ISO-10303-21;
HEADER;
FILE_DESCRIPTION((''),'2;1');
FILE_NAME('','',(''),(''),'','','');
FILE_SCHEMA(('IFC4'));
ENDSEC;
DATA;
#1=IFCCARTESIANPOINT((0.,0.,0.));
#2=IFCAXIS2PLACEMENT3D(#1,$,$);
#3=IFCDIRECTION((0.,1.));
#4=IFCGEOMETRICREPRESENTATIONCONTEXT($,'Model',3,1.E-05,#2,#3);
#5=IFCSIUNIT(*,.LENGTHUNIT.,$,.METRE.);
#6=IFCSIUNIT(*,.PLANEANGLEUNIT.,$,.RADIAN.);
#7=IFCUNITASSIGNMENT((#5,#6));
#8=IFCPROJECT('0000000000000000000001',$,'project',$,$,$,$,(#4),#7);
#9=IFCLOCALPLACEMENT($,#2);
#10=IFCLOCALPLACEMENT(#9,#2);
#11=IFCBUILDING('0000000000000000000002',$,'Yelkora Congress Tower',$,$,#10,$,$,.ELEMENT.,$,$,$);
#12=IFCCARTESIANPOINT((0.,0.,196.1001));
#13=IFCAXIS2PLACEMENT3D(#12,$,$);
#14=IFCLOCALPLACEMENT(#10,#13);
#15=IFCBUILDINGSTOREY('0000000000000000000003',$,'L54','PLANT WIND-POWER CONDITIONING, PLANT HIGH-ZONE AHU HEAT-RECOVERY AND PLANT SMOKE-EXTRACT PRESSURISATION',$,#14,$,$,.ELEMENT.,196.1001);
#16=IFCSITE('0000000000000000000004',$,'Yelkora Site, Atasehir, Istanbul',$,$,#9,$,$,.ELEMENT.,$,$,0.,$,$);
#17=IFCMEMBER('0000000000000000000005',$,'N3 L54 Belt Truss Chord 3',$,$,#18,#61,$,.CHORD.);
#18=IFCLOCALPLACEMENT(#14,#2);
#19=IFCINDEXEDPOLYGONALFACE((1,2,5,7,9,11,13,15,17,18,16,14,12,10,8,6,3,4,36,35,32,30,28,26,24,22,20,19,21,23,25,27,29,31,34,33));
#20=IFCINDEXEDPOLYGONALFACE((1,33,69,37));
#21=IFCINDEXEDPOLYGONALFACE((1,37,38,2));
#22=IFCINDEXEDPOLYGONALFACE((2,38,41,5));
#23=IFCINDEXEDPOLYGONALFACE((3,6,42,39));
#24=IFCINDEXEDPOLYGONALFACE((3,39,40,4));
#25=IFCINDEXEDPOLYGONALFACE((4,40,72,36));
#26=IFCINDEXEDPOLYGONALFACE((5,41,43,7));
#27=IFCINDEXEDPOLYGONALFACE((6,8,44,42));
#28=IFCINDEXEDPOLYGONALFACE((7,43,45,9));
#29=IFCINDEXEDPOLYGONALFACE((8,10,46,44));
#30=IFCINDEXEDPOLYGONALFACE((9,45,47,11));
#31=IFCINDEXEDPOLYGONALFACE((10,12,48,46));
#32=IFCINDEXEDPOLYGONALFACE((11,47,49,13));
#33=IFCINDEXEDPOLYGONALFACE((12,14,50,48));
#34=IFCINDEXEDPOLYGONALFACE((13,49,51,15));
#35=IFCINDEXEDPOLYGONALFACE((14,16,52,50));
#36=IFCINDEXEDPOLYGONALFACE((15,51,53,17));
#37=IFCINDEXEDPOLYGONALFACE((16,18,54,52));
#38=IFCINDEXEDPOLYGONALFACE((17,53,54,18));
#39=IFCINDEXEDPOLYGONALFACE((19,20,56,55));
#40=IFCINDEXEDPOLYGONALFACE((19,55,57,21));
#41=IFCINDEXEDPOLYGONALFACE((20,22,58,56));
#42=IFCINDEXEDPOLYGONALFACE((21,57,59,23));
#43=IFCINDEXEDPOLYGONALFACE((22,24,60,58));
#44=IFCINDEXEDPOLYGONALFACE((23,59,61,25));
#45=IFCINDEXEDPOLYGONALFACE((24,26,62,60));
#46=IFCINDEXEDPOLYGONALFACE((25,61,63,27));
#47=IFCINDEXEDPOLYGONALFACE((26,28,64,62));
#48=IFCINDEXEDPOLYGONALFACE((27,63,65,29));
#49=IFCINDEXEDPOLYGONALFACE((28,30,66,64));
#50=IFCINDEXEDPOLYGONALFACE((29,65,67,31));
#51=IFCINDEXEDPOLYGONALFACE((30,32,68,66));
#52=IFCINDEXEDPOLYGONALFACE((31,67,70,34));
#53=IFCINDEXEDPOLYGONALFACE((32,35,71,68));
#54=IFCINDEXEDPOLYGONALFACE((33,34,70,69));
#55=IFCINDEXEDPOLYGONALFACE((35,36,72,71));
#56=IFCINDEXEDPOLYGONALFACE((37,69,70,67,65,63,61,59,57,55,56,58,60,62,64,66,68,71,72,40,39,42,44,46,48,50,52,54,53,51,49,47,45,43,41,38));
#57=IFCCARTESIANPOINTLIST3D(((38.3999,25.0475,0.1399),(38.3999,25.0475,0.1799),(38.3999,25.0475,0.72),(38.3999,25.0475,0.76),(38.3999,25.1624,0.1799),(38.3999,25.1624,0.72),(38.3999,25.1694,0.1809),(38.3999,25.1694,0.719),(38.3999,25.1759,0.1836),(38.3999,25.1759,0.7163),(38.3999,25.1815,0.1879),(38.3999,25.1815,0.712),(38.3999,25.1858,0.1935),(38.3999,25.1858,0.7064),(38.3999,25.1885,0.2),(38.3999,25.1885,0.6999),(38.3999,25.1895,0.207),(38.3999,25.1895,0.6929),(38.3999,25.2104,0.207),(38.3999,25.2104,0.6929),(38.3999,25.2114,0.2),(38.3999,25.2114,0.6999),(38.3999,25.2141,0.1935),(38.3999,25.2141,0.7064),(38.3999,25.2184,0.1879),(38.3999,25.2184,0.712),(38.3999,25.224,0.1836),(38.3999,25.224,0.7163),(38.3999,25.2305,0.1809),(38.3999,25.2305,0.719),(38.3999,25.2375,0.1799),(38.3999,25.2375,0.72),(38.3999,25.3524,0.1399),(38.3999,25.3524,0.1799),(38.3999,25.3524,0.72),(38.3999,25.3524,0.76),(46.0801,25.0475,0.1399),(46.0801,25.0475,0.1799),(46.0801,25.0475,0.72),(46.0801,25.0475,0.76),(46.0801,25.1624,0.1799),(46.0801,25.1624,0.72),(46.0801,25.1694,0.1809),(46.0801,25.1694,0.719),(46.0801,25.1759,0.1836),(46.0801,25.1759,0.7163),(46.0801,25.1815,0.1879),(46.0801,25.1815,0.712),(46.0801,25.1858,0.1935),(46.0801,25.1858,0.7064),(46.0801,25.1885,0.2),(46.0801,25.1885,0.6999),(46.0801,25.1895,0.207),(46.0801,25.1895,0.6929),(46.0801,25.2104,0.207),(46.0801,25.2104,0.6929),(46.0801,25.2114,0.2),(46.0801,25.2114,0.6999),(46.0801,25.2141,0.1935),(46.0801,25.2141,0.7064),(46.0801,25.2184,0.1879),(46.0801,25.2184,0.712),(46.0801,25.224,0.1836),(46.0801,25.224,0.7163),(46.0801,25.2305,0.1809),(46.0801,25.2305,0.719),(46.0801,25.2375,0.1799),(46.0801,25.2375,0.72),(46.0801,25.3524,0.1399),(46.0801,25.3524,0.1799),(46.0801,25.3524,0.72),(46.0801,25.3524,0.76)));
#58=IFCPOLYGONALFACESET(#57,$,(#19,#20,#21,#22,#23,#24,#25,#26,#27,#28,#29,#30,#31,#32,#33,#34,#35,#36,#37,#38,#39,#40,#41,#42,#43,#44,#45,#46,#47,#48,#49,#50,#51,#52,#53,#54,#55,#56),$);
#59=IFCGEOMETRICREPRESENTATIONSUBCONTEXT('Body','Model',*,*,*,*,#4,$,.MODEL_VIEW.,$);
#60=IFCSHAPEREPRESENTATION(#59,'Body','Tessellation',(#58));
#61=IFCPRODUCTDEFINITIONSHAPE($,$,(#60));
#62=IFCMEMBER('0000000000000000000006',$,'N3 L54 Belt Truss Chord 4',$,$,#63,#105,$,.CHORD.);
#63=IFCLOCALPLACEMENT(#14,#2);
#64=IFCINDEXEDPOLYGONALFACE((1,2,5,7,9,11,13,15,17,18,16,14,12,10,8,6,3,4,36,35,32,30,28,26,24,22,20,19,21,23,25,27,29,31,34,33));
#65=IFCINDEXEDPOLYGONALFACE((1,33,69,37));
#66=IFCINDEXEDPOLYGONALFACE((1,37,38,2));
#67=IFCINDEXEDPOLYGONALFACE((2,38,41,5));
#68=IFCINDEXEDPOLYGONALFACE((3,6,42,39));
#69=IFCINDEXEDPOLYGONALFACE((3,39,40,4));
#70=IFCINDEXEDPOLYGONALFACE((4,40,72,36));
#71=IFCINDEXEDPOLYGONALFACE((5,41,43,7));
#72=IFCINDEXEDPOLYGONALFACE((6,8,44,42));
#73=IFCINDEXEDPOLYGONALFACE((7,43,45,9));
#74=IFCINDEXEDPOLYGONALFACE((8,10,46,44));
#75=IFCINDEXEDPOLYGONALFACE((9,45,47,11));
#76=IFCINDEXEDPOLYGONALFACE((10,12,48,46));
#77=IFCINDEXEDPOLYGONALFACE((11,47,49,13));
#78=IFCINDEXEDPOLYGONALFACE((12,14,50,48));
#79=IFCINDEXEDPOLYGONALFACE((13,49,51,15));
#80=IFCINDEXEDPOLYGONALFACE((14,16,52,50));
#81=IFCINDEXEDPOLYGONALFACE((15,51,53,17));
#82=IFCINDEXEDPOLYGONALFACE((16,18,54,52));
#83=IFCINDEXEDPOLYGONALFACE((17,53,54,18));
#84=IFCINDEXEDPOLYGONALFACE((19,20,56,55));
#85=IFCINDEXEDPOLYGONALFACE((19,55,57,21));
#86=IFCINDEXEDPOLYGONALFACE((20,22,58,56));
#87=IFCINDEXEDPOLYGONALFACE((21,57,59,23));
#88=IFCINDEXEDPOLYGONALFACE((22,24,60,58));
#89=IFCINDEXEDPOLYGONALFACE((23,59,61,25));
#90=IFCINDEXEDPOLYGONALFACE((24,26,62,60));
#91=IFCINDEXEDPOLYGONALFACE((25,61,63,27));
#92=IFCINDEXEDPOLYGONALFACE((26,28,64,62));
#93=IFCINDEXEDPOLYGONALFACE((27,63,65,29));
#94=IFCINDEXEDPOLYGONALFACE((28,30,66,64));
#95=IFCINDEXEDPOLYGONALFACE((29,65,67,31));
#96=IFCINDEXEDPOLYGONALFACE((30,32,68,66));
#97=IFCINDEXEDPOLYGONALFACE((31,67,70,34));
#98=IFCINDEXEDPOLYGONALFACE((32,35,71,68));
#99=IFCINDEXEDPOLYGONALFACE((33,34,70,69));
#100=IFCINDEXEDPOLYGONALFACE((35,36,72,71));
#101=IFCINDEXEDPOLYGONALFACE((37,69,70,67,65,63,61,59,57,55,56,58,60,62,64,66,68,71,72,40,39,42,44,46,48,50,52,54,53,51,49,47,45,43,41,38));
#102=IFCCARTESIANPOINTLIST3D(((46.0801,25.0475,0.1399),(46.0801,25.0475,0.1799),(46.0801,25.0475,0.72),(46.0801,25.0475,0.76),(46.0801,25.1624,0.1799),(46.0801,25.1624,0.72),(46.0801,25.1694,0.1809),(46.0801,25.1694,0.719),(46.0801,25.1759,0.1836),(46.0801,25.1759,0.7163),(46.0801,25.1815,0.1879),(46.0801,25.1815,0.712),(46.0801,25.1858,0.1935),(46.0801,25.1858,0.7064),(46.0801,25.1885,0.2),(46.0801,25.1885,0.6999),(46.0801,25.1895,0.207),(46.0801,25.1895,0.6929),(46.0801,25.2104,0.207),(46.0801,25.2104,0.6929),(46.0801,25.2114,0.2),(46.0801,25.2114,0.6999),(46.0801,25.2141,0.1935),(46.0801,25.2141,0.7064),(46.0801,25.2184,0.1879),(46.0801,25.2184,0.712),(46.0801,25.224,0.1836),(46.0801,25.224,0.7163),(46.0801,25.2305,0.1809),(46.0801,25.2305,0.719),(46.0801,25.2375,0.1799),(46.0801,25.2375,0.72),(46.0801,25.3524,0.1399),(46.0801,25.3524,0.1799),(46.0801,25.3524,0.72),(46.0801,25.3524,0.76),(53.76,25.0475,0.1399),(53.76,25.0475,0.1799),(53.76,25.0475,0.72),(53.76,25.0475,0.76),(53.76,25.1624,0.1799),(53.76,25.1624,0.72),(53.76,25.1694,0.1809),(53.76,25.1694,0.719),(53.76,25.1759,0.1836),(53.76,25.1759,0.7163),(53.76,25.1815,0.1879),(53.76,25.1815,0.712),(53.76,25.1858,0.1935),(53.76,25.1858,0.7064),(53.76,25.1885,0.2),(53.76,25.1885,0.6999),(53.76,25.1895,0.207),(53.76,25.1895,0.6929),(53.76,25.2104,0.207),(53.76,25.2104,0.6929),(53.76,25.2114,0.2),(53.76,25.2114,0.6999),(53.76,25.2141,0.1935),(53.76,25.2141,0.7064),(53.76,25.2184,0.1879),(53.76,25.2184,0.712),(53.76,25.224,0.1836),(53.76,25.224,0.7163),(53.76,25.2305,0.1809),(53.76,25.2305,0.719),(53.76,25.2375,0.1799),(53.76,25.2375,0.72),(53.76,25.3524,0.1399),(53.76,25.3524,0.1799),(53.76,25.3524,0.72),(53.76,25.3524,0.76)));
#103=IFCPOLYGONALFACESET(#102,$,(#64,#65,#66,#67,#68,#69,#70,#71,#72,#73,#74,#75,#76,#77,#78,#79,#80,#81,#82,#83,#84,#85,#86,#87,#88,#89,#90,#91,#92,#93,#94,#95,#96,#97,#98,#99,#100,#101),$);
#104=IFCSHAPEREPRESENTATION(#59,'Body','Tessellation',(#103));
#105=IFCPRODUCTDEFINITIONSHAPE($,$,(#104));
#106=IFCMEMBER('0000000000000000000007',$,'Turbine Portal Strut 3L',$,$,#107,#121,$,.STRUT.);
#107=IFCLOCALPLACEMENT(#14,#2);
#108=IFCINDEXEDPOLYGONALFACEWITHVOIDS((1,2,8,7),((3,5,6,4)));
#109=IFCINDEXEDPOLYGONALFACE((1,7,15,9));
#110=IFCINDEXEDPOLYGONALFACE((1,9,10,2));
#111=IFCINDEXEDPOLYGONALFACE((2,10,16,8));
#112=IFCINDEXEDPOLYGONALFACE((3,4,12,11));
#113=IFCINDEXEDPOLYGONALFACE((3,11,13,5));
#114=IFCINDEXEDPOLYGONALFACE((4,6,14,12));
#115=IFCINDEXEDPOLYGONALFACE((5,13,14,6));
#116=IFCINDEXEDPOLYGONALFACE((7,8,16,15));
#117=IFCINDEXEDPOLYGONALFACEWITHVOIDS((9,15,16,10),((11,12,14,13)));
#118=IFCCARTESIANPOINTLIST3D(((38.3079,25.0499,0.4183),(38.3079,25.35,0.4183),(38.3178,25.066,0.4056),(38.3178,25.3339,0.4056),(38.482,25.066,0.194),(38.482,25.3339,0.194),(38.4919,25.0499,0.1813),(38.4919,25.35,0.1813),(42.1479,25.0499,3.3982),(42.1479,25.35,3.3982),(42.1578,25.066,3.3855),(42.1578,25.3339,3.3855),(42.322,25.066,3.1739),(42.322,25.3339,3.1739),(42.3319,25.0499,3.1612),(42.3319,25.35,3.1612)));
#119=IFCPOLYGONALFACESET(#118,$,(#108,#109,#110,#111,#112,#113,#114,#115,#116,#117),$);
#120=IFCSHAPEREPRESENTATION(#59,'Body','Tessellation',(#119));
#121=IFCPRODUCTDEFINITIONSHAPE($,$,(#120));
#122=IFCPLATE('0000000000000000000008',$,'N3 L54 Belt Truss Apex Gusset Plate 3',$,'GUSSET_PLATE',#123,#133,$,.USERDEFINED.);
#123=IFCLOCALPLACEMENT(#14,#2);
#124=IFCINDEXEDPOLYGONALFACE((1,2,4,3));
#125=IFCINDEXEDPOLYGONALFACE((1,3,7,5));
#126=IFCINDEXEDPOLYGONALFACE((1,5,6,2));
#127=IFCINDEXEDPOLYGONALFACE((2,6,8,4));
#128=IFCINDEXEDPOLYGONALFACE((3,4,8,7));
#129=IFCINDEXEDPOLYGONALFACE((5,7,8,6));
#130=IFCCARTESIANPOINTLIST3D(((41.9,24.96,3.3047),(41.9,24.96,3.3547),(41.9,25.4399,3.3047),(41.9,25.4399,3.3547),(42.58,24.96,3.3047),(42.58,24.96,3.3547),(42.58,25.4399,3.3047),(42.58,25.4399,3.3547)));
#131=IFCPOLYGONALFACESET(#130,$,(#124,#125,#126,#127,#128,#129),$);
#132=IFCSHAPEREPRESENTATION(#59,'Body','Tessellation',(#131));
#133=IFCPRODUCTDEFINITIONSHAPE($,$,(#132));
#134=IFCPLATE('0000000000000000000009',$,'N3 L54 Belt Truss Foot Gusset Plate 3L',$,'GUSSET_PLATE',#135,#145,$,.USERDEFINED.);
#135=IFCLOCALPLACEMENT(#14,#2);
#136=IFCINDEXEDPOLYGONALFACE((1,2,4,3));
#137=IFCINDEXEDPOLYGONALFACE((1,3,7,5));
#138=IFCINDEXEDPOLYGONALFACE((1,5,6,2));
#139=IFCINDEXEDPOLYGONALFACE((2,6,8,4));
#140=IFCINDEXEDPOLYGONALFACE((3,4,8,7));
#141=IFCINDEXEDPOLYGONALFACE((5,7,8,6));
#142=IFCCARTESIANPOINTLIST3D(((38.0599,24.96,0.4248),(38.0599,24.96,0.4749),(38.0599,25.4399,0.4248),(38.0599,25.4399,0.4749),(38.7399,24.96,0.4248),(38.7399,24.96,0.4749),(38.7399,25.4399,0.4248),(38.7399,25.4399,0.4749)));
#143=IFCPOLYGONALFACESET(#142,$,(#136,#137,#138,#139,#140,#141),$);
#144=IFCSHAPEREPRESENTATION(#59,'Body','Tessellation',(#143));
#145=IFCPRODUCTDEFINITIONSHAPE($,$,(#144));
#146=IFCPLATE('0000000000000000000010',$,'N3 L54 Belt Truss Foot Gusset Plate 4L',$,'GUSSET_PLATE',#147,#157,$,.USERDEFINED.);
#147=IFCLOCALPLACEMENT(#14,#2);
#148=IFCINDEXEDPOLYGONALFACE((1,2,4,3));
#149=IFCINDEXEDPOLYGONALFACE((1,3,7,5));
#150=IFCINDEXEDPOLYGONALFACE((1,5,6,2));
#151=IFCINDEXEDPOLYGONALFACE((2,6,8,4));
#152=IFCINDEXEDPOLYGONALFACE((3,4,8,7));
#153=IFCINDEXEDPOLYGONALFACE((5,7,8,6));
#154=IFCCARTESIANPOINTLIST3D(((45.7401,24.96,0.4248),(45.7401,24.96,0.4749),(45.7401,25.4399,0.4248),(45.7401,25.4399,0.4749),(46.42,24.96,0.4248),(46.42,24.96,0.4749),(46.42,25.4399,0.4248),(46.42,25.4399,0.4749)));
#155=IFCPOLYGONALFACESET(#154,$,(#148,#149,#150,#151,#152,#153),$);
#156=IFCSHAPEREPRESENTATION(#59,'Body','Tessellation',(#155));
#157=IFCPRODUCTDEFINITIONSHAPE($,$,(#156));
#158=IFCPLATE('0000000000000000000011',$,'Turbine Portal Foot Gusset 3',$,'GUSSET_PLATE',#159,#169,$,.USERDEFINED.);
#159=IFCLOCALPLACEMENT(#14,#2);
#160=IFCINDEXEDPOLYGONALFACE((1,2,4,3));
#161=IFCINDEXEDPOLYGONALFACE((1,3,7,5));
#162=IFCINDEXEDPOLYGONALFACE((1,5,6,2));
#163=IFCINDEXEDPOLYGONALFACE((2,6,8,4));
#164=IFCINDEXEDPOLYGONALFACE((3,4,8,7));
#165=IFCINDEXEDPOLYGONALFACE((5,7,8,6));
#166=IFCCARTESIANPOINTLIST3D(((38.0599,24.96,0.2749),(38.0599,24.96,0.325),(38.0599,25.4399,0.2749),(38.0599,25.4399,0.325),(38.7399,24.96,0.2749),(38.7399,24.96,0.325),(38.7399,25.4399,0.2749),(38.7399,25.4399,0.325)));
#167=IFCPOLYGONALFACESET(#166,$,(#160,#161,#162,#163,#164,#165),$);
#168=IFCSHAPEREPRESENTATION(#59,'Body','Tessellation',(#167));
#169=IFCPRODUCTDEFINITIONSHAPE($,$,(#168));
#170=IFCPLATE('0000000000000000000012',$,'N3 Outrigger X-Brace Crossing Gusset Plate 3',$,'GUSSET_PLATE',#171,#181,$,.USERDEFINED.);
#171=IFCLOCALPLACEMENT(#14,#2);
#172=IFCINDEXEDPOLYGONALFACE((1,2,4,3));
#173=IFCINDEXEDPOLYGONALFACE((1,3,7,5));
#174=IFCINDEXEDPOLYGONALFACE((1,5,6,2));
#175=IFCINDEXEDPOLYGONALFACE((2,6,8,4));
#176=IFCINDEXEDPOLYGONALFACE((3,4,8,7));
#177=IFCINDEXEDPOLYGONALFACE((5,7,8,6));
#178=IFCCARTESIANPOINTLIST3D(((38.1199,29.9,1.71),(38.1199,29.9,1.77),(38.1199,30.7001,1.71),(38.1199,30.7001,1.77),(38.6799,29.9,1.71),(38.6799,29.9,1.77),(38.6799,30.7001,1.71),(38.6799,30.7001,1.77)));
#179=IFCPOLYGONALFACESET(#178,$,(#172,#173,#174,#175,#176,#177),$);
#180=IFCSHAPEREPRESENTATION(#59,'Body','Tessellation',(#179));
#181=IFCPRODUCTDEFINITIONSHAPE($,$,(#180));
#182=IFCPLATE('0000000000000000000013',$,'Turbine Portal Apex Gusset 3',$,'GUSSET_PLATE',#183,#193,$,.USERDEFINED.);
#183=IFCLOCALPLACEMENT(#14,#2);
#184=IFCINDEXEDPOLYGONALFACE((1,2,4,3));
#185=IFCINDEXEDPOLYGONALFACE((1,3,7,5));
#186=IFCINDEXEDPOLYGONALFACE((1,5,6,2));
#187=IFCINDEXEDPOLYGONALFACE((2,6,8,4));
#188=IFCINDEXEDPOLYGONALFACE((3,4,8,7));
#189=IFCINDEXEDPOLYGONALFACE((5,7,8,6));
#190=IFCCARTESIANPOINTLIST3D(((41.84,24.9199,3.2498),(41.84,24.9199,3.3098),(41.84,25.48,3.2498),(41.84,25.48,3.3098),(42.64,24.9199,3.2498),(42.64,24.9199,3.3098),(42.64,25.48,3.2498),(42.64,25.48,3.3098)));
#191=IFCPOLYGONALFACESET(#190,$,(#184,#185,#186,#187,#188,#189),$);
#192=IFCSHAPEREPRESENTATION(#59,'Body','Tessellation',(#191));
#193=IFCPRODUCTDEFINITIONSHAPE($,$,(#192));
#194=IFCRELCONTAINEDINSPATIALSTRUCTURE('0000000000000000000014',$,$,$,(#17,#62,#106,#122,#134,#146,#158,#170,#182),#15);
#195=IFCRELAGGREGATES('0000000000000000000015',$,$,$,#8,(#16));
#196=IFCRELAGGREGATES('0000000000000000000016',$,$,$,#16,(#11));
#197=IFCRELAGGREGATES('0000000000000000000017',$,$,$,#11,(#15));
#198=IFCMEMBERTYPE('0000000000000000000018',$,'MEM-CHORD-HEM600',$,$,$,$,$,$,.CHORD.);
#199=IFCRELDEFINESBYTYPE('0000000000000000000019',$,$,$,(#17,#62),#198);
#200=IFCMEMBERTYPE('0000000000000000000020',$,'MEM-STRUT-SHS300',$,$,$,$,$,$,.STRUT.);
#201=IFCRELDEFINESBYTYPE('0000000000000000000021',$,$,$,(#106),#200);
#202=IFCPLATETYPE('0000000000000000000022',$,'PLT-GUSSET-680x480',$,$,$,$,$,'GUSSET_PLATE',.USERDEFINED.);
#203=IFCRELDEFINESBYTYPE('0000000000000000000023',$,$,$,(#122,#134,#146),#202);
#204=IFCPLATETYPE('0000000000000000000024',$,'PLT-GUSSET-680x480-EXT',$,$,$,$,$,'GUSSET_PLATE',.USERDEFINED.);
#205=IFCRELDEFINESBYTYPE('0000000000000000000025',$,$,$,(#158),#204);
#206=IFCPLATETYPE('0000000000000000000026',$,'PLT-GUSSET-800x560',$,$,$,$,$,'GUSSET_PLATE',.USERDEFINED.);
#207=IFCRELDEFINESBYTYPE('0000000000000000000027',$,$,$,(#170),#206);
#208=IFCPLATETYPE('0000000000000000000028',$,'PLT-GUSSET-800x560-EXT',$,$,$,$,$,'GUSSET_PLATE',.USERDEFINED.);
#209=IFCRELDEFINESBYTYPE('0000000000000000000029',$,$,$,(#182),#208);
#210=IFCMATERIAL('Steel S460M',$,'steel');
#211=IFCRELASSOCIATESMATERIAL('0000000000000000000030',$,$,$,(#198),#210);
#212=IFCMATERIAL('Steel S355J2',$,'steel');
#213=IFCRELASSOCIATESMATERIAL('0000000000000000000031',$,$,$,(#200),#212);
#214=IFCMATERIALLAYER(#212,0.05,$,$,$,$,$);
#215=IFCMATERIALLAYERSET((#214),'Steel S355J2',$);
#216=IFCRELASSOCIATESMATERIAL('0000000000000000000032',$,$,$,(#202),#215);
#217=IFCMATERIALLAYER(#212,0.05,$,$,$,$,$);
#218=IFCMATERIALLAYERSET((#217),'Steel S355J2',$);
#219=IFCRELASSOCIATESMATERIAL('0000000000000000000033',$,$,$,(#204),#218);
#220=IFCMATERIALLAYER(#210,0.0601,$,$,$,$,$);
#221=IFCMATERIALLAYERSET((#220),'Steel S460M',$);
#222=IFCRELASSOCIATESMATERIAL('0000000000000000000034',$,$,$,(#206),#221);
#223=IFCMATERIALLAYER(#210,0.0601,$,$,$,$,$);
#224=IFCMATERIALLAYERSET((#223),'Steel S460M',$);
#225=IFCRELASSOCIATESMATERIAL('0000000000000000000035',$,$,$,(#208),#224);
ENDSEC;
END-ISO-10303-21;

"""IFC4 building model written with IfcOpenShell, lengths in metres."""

from ifc_helpers import new_model, si_unit, direction, frame, origin, origin_2d, place, context, subcontext, project, spatial, rectangle, hollow_rectangle, i_section, extrude, material, layer, layer_set, material_profile, profile_set, type_object, element, save


model = new_model("IFC4")

# Units and contexts
model_context = context("Model", 3, precision=1e-05, world=origin(), true_north=direction((0.0, 1.0)))
body_context = subcontext(model_context, "Body", "Model", "MODEL_VIEW")
ifc_project = project(units=[si_unit("LENGTHUNIT", "METRE"), si_unit("PLANEANGLEUNIT", "RADIAN")], contexts=[model_context])

# Site, building, storey
site_placement = place(None, origin())
site = spatial("IfcSite", under=ifc_project, at=site_placement, Name="Yelkora Site, Atasehir, Istanbul", CompositionType="ELEMENT", RefElevation=0.0)
building_placement = place(site_placement, origin())
building = spatial("IfcBuilding", under=site, at=building_placement, Name="Yelkora Congress Tower", CompositionType="ELEMENT")
storey_placement = place(building_placement, frame((0.0, 0.0, 196.1001)))
storey = spatial("IfcBuildingStorey", under=building, at=storey_placement, Name="L54", Description="PLANT WIND-POWER CONDITIONING, PLANT HIGH-ZONE AHU HEAT-RECOVERY AND PLANT SMOKE-EXTRACT PRESSURISATION", CompositionType="ELEMENT", Elevation=196.1001)

# Shared definitions
ifc_material_1 = material(Name="Steel S460M", Category="steel")

# Members
ifc_material_2 = material(Name="Steel S355J2", Category="steel")
ifc_material_profile_1 = material_profile(ifc_material_1, i_section(OverallWidth=0.3049, OverallDepth=0.6201, WebThickness=0.021, FlangeThickness=0.04, FilletRadius=0.0271, at=origin_2d()), Name="HEM 600")
ifc_profile_set_1 = profile_set([ifc_material_profile_1], Name="Steel S460M")
member_type_1 = type_object("IfcMemberType", Name="MEM-CHORD-HEM600", PredefinedType="CHORD", material=ifc_profile_set_1)
member_1_placement = place(storey_placement, frame((38.3999, 25.2, 0.45), z_axis=(1.0, 0.0, 0.0), x_axis=(0.0, 1.0, 0.0)))
element("IfcMember", 1, at=member_1_placement, inside=storey, type_object=member_type_1, Name="N3 L54 Belt Truss Chord 3", PredefinedType="CHORD", context=body_context, shape_type="SweptSolid", body=[
    extrude(i_section(OverallWidth=0.3049, OverallDepth=0.6201, WebThickness=0.021, FlangeThickness=0.04, FilletRadius=0.0271, at=origin_2d()), origin(), (0.0, 0.0, 1.0), 7.6802),
])
member_2_placement = place(storey_placement, frame((46.0801, 25.2, 0.45), z_axis=(1.0, 0.0, 0.0), x_axis=(0.0, 1.0, 0.0)))
element("IfcMember", 2, at=member_2_placement, inside=storey, type_object=member_type_1, Name="N3 L54 Belt Truss Chord 4", PredefinedType="CHORD", context=body_context, shape_type="SweptSolid", body=[
    extrude(i_section(OverallWidth=0.3049, OverallDepth=0.6201, WebThickness=0.021, FlangeThickness=0.04, FilletRadius=0.0271, at=origin_2d()), origin(), (0.0, 0.0, 1.0), 7.6799),
])
ifc_material_profile_2 = material_profile(ifc_material_2, hollow_rectangle(XDim=0.3, YDim=0.3, WallThickness=0.0161, at=origin_2d()), Name="SHS 300x300x16")
ifc_profile_set_2 = profile_set([ifc_material_profile_2], Name="Steel S355J2")
member_type_2 = type_object("IfcMemberType", Name="MEM-STRUT-SHS300", PredefinedType="STRUT", material=ifc_profile_set_2)
member_3_placement = place(storey_placement, frame((38.3999, 25.2, 0.2998), z_axis=(0.790025, 0.0, 0.613074), x_axis=(0.0, 1.0, 0.0)))
element("IfcMember", 3, at=member_3_placement, inside=storey, type_object=member_type_2, Name="Turbine Portal Strut 3L", PredefinedType="STRUT", context=body_context, shape_type="SweptSolid", body=[
    extrude(hollow_rectangle(XDim=0.3, YDim=0.3, WallThickness=0.0161, at=origin_2d()), origin(), (0.0, 0.0, 1.0), 4.8606),
])

# Plates
ifc_layer_1 = layer(ifc_material_2, 0.05)
ifc_layer_set_1 = layer_set([ifc_layer_1], Name="Steel S355J2")
plate_type_1 = type_object("IfcPlateType", Name="PLT-GUSSET-680x480", ElementType="GUSSET_PLATE", PredefinedType="USERDEFINED", material=ifc_layer_set_1)
for number, where, z_axis, x_axis, name in (
    (4, (42.24, 25.2, 3.3047), (0.0, 0.0, 1.0), (1.0, 0.0, 0.0), "N3 L54 Belt Truss Apex Gusset Plate 3"),
    (5, (38.3999, 25.2, 0.4248), (0.0, 0.0, 1.0), (1.0, 0.0, 0.0), "N3 L54 Belt Truss Foot Gusset Plate 3L"),
    (6, (46.0801, 25.2, 0.4248), (0.0, 0.0, 1.0), (1.0, 0.0, 0.0), "N3 L54 Belt Truss Foot Gusset Plate 4L"),
):
    element("IfcPlate", number, at=place(storey_placement, frame(where, z_axis=z_axis, x_axis=x_axis)), inside=storey, type_object=plate_type_1, Name=name, ObjectType="GUSSET_PLATE", PredefinedType="USERDEFINED", context=body_context, shape_type="SweptSolid", body=[
        extrude(rectangle(XDim=0.6799, YDim=0.48, at=origin_2d()), origin(), (0.0, 0.0, 1.0), 0.05),
    ])
ifc_layer_2 = layer(ifc_material_2, 0.05)
ifc_layer_set_2 = layer_set([ifc_layer_2], Name="Steel S355J2")
plate_type_2 = type_object("IfcPlateType", Name="PLT-GUSSET-680x480-EXT", ElementType="GUSSET_PLATE", PredefinedType="USERDEFINED", material=ifc_layer_set_2)
plate_1_placement = place(storey_placement, frame((38.3999, 25.2, 0.2749), z_axis=(0.0, 0.0, 1.0), x_axis=(1.0, 0.0, 0.0)))
element("IfcPlate", 7, at=plate_1_placement, inside=storey, type_object=plate_type_2, Name="Turbine Portal Foot Gusset 3", ObjectType="GUSSET_PLATE", PredefinedType="USERDEFINED", context=body_context, shape_type="SweptSolid", body=[
    extrude(rectangle(XDim=0.6799, YDim=0.48, at=origin_2d()), origin(), (0.0, 0.0, 1.0), 0.05),
])
ifc_layer_3 = layer(ifc_material_1, 0.0601)
ifc_layer_set_3 = layer_set([ifc_layer_3], Name="Steel S460M")
plate_type_3 = type_object("IfcPlateType", Name="PLT-GUSSET-800x560", ElementType="GUSSET_PLATE", PredefinedType="USERDEFINED", material=ifc_layer_set_3)
plate_2_placement = place(storey_placement, frame((38.3999, 30.3, 1.71), z_axis=(0.0, 0.0, 1.0), x_axis=(0.0, 1.0, 0.0)))
element("IfcPlate", 8, at=plate_2_placement, inside=storey, type_object=plate_type_3, Name="N3 Outrigger X-Brace Crossing Gusset Plate 3", ObjectType="GUSSET_PLATE", PredefinedType="USERDEFINED", context=body_context, shape_type="SweptSolid", body=[
    extrude(rectangle(XDim=0.8, YDim=0.5601, at=origin_2d()), origin(), (0.0, 0.0, 1.0), 0.0601),
])
ifc_layer_4 = layer(ifc_material_1, 0.0601)
ifc_layer_set_4 = layer_set([ifc_layer_4], Name="Steel S460M")
plate_type_4 = type_object("IfcPlateType", Name="PLT-GUSSET-800x560-EXT", ElementType="GUSSET_PLATE", PredefinedType="USERDEFINED", material=ifc_layer_set_4)
plate_3_placement = place(storey_placement, frame((42.24, 25.2, 3.2498), z_axis=(0.0, 0.0, 1.0), x_axis=(1.0, 0.0, 0.0)))
element("IfcPlate", 9, at=plate_3_placement, inside=storey, type_object=plate_type_4, Name="Turbine Portal Apex Gusset 3", ObjectType="GUSSET_PLATE", PredefinedType="USERDEFINED", context=body_context, shape_type="SweptSolid", body=[
    extrude(rectangle(XDim=0.8, YDim=0.5601, at=origin_2d()), origin(), (0.0, 0.0, 1.0), 0.0601),
])

save(model, "model.ifc")
